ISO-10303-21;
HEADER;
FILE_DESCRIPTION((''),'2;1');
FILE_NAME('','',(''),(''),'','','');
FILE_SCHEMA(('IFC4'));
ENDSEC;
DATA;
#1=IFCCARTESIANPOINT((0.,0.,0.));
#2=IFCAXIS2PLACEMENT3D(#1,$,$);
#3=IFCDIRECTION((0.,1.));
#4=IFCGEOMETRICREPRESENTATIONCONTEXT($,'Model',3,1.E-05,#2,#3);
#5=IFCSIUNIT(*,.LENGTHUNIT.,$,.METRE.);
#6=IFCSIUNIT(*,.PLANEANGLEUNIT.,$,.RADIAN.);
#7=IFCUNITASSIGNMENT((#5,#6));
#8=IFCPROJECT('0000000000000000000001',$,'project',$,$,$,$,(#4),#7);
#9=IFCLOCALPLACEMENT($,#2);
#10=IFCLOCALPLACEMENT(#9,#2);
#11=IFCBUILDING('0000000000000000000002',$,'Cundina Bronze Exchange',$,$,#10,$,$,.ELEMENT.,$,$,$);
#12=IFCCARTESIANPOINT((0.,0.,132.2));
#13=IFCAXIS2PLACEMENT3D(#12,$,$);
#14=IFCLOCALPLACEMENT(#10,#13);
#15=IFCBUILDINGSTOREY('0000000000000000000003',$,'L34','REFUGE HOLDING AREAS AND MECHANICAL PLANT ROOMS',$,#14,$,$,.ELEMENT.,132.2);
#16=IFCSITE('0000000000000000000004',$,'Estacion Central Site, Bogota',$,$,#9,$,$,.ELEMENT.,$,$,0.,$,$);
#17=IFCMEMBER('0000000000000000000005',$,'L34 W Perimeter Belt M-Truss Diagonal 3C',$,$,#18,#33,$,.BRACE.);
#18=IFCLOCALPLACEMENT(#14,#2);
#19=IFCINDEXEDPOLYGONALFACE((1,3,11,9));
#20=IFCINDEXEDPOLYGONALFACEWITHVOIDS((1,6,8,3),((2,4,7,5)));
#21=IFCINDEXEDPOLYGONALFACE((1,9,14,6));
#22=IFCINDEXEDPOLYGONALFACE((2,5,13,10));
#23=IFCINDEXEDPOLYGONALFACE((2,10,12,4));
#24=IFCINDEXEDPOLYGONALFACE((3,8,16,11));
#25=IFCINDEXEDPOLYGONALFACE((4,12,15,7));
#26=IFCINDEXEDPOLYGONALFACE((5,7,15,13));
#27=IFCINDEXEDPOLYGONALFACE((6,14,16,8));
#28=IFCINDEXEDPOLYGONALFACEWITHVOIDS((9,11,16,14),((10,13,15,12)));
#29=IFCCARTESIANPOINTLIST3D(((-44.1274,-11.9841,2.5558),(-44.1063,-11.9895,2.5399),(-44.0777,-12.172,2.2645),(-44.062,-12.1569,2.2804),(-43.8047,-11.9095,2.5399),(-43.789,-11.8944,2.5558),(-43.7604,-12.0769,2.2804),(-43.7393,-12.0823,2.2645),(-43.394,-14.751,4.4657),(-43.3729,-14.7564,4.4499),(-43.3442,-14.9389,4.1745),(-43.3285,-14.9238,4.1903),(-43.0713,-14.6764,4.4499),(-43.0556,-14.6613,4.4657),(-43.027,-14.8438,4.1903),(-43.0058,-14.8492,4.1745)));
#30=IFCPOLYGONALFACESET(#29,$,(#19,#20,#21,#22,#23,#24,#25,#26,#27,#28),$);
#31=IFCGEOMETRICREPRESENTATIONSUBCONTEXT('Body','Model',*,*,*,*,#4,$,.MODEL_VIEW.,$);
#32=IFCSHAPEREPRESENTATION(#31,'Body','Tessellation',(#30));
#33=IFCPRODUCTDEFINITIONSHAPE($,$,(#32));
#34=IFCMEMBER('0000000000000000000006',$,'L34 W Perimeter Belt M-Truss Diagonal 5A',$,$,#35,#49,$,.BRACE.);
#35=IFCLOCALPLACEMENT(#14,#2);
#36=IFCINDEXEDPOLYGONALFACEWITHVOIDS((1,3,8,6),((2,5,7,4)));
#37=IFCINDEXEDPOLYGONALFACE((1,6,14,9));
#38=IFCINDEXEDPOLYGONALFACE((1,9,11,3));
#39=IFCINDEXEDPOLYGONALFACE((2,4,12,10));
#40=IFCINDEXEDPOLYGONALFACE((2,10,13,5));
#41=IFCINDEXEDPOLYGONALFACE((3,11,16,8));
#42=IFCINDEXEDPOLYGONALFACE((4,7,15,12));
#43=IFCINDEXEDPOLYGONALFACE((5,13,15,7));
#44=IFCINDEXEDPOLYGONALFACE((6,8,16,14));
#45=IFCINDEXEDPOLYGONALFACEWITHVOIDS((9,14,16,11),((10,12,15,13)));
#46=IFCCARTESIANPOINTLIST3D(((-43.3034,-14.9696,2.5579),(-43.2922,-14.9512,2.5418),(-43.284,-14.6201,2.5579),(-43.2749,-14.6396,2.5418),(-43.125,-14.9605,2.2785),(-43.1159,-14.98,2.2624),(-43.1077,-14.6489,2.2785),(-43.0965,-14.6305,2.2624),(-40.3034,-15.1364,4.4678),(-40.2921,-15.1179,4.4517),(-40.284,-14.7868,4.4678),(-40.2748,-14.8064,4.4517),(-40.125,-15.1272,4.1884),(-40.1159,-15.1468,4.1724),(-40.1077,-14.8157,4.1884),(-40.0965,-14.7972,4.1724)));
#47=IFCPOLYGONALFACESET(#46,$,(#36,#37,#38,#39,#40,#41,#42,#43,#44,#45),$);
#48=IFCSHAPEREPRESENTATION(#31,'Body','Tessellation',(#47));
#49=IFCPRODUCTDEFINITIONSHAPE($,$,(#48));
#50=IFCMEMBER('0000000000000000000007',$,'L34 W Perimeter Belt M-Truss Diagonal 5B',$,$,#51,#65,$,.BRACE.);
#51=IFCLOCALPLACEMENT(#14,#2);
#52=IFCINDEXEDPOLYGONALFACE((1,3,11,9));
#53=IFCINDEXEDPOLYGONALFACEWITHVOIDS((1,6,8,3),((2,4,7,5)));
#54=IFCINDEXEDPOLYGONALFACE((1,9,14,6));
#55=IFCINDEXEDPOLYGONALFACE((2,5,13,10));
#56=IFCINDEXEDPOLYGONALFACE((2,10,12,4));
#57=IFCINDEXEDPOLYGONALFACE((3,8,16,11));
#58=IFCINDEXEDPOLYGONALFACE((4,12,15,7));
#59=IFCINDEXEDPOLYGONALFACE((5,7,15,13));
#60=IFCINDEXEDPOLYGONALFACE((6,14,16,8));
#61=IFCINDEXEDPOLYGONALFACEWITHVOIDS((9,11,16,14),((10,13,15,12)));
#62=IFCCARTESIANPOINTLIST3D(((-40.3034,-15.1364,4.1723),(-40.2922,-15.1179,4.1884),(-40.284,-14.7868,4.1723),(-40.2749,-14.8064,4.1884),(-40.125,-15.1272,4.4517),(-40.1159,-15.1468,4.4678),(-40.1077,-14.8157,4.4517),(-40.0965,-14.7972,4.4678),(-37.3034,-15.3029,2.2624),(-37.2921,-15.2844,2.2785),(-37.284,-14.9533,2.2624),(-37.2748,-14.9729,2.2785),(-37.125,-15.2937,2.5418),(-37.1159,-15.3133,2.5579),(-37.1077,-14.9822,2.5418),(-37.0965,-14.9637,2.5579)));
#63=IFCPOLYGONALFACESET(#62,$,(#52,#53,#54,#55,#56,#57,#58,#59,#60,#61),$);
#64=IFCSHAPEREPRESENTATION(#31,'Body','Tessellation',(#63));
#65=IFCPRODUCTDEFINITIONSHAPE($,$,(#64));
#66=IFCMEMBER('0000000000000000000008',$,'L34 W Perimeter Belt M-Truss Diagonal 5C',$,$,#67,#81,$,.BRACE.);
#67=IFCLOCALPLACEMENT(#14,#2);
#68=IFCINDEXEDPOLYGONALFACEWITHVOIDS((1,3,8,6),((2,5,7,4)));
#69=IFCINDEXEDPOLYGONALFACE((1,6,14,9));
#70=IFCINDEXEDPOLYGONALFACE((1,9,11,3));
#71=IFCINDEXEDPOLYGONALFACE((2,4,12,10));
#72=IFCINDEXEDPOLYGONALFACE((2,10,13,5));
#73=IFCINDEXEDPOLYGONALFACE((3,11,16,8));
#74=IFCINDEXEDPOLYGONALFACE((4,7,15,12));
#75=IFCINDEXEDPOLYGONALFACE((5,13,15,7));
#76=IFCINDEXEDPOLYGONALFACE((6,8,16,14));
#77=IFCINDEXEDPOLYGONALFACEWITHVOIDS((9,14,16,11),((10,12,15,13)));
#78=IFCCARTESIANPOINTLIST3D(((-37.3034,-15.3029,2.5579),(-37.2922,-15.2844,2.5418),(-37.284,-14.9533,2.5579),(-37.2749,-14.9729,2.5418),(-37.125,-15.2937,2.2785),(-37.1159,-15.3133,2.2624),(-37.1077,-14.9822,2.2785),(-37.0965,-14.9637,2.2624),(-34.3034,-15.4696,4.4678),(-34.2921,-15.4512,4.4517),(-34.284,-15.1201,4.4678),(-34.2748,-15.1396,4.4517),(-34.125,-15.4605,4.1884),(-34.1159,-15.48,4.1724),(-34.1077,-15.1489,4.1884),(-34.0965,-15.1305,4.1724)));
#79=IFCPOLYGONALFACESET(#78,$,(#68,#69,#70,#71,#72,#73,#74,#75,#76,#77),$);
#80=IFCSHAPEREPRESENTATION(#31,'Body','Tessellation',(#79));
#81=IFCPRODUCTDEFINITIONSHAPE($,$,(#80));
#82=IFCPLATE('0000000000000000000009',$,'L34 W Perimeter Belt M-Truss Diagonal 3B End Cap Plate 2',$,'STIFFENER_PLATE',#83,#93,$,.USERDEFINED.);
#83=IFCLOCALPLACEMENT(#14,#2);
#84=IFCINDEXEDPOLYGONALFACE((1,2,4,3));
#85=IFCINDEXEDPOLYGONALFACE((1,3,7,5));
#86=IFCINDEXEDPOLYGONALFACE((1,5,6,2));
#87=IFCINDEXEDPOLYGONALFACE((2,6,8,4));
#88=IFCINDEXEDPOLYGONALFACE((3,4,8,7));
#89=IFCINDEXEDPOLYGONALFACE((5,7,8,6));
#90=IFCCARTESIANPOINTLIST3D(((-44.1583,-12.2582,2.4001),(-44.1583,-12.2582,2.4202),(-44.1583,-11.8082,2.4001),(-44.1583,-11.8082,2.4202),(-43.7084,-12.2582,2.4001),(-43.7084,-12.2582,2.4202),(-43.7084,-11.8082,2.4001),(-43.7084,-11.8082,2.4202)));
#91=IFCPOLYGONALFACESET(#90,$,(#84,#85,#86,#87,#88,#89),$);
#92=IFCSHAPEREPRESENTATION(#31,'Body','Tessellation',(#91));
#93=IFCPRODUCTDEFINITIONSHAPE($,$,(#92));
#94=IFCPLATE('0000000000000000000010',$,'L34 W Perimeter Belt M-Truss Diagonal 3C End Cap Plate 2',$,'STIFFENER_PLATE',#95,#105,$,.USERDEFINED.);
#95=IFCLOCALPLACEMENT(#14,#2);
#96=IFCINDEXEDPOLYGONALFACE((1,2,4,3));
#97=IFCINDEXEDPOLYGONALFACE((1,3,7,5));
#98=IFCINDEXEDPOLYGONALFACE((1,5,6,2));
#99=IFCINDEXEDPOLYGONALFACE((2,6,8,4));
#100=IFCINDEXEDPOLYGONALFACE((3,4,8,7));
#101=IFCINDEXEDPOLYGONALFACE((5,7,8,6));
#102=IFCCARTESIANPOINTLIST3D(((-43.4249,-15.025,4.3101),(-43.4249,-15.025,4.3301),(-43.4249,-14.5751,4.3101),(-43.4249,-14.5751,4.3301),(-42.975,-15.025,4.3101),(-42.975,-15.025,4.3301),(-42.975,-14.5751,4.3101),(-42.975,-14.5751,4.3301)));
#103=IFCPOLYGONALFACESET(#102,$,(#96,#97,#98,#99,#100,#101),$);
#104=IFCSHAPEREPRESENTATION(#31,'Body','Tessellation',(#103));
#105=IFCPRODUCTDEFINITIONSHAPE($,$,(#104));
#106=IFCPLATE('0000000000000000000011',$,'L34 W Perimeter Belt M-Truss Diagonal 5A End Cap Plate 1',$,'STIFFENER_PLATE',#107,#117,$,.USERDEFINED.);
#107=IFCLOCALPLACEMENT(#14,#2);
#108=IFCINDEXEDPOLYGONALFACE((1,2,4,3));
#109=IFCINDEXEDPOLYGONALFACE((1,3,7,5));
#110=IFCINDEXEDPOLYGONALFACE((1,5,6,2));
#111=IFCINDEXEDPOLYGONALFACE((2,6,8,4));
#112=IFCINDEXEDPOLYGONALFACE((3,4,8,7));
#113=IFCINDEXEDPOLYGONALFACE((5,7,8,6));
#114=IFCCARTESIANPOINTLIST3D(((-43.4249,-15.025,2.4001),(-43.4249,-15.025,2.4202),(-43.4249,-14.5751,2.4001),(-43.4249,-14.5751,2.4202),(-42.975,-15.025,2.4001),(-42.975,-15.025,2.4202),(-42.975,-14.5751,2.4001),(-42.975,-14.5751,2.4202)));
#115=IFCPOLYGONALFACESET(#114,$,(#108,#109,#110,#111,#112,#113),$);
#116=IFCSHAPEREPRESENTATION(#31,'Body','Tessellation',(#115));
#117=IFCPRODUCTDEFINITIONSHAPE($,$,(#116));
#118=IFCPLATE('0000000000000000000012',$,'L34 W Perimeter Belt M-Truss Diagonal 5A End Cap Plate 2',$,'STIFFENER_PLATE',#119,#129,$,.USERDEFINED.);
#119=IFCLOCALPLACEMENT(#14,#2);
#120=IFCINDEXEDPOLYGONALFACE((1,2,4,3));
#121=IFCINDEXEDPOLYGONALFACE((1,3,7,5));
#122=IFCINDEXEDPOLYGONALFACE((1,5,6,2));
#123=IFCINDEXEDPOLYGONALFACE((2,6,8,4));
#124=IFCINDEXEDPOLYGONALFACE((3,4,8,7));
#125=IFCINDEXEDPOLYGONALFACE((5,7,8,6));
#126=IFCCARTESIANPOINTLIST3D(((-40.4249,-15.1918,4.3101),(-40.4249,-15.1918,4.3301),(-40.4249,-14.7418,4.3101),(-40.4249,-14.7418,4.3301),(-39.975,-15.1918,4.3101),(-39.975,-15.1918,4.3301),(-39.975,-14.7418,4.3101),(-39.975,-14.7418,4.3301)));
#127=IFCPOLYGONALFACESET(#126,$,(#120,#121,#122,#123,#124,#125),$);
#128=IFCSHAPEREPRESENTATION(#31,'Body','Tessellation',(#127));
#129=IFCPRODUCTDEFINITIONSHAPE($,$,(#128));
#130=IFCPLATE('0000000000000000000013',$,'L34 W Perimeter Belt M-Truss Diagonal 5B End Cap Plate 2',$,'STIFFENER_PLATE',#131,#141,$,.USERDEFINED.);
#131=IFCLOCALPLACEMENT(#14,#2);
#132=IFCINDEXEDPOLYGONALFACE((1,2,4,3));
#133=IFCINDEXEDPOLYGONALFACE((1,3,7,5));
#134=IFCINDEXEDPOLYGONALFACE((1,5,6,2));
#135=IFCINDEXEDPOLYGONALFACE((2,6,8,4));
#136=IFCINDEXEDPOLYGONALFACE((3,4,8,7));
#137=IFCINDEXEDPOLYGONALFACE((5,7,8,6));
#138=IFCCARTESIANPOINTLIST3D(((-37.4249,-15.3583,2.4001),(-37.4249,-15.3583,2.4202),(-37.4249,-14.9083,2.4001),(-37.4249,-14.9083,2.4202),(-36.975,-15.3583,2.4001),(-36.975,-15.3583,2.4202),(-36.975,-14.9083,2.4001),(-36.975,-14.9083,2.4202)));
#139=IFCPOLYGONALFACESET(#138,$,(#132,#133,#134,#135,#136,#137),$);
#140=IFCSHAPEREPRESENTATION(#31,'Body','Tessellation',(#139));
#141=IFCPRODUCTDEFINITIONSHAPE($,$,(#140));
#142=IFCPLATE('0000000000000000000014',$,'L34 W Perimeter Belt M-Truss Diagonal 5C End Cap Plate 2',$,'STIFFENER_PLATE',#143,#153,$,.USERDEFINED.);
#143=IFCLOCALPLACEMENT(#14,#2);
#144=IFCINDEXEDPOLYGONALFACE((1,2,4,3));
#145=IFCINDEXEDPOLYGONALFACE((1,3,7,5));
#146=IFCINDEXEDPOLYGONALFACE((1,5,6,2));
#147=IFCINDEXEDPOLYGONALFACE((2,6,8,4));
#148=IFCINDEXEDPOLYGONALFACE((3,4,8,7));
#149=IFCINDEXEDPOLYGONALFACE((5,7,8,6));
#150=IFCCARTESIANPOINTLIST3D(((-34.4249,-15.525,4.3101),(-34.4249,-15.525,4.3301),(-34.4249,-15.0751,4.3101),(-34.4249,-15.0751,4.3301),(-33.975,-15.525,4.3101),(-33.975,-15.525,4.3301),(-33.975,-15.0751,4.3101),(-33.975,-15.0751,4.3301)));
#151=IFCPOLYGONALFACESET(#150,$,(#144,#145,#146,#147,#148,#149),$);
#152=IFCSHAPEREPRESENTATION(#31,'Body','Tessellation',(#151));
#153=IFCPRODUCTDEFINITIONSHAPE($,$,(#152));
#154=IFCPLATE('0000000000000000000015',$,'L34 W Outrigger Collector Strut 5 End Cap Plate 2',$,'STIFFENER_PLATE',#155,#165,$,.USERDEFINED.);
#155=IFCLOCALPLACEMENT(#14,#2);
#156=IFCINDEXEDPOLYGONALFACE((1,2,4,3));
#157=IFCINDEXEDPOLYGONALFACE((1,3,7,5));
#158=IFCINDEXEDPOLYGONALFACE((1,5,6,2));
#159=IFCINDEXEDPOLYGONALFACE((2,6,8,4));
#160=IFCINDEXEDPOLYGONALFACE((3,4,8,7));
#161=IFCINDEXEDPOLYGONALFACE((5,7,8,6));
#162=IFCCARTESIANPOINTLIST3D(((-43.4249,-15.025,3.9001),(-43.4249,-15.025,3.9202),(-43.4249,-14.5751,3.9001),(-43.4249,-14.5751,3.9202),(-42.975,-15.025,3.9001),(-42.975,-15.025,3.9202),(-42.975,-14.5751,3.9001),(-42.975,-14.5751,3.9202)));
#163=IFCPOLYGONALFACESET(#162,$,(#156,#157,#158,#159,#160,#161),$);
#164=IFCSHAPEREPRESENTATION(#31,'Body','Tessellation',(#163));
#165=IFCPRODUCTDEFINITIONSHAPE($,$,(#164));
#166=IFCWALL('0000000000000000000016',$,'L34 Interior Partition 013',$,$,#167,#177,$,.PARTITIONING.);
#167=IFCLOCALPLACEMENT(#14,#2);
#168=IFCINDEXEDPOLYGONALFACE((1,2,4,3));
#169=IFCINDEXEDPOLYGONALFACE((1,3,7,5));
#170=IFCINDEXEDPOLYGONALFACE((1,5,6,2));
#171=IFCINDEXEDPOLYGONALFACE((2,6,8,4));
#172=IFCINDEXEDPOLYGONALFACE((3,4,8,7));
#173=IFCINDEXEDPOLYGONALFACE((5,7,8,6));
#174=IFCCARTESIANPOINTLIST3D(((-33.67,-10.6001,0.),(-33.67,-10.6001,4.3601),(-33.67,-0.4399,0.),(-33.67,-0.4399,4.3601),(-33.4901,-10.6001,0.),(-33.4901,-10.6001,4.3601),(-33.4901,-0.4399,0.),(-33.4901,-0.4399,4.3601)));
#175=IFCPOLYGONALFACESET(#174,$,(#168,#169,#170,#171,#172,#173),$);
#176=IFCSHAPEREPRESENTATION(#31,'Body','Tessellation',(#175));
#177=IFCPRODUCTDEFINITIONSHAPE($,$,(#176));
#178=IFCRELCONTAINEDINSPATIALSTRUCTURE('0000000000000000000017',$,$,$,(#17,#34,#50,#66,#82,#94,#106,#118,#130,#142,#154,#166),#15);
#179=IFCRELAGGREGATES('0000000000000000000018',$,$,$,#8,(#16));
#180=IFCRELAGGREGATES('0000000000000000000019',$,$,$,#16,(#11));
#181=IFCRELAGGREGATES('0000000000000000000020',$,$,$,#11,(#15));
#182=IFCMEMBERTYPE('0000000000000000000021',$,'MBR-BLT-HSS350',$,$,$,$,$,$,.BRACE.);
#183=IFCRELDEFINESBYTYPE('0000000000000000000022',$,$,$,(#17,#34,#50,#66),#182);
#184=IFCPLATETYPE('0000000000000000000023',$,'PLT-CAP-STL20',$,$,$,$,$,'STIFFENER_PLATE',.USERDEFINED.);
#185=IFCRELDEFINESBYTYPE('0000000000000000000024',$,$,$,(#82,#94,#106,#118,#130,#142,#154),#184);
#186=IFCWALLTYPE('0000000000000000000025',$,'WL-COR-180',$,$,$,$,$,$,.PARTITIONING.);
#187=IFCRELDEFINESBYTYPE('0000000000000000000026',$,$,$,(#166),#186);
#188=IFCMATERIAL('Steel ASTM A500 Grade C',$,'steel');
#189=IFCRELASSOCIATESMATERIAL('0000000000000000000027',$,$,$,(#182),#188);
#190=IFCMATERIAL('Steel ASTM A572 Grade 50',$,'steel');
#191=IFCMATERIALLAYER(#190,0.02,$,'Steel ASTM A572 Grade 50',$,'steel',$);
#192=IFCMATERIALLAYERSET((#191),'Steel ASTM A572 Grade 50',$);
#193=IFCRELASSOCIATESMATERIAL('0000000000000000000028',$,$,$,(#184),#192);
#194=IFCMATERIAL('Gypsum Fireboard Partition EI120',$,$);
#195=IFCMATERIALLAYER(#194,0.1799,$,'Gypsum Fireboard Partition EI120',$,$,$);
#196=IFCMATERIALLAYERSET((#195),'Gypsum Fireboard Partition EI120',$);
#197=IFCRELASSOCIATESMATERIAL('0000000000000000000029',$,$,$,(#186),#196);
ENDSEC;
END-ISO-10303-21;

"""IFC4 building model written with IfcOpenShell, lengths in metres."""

from ifc_helpers import new_model, si_unit, direction, frame, frame_2d, origin, origin_2d, place, context, subcontext, project, spatial, rectangle, hollow_rectangle, extrude, material, layer, layer_set, material_profile, profile_set, type_object, element, save


model = new_model("IFC4")

# Units and contexts
model_context = context("Model", 3, precision=1e-05, world=origin(), true_north=direction((0.0, 1.0)))
body_context = subcontext(model_context, "Body", "Model", "MODEL_VIEW")
ifc_project = project(units=[si_unit("LENGTHUNIT", "METRE"), si_unit("PLANEANGLEUNIT", "RADIAN")], contexts=[model_context])

# Site, building, storey
site_placement = place(None, origin())
site = spatial("IfcSite", under=ifc_project, at=site_placement, Name="Estacion Central Site, Bogota", CompositionType="ELEMENT", RefElevation=0.0)
building_placement = place(site_placement, origin())
building = spatial("IfcBuilding", under=site, at=building_placement, Name="Cundina Bronze Exchange", CompositionType="ELEMENT")
storey_placement = place(building_placement, frame((0.0, 0.0, 132.2)))
storey = spatial("IfcBuildingStorey", under=building, at=storey_placement, Name="L34", Description="REFUGE HOLDING AREAS AND MECHANICAL PLANT ROOMS", CompositionType="ELEMENT", Elevation=132.2)

# Members
ifc_material_1 = material(Name="Steel ASTM A500 Grade C", Category="steel")
ifc_material_profile_1 = material_profile(ifc_material_1, hollow_rectangle(XDim=0.3501, YDim=0.3501, WallThickness=0.019, at=origin_2d()), Name="HSS350X350X19", Category="steel")
ifc_profile_set_1 = profile_set([ifc_material_profile_1], Name="Steel ASTM A500 Grade C")
member_type = type_object("IfcMemberType", Name="MBR-BLT-HSS350", PredefinedType="BRACE", material=ifc_profile_set_1)
member_placement = place(storey_placement, frame((-43.9333, -12.0332, 2.4102), z_axis=(0.21313, -0.804062, 0.555032), x_axis=(0.966619, 0.256218, 0.0)))
element("IfcMember", 1, at=member_placement, inside=storey, type_object=member_type, Name="L34 W Perimeter Belt M-Truss Diagonal 3C", PredefinedType="BRACE", context=body_context, shape_type="SweptSolid", body=[
    extrude(hollow_rectangle(XDim=0.3501, YDim=0.3501, WallThickness=0.019, at=origin_2d()), origin(), (0.0, 0.0, 1.0), 3.4412),
])
for number, where, z_axis, x_axis, name in (
    (2, (-43.2, -14.8, 2.4102), (0.842631, -0.046836, 0.53645), (0.055497, 0.998459, 0.0), "L34 W Perimeter Belt M-Truss Diagonal 5A"),
    (3, (-40.2, -14.9668, 4.3201), (0.842634, -0.046767, -0.536452), (0.055416, 0.998463, 0.0), "L34 W Perimeter Belt M-Truss Diagonal 5B"),
    (4, (-37.2, -15.1333, 2.4102), (0.842631, -0.046836, 0.53645), (0.055497, 0.998459, 0.0), "L34 W Perimeter Belt M-Truss Diagonal 5C"),
):
    element("IfcMember", number, at=place(storey_placement, frame(where, z_axis=z_axis, x_axis=x_axis)), inside=storey, type_object=member_type, Name=name, PredefinedType="BRACE", context=body_context, shape_type="SweptSolid", body=[
        extrude(hollow_rectangle(XDim=0.3501, YDim=0.3501, WallThickness=0.019, at=origin_2d()), origin(), (0.0, 0.0, 1.0), 3.5603),
    ])

# Plates
ifc_material_2 = material(Name="Steel ASTM A572 Grade 50", Category="steel")
ifc_layer_1 = layer(ifc_material_2, 0.02, Name="Steel ASTM A572 Grade 50", Category="steel")
ifc_layer_set_1 = layer_set([ifc_layer_1], Name="Steel ASTM A572 Grade 50")
plate_type = type_object("IfcPlateType", Name="PLT-CAP-STL20", ElementType="STIFFENER_PLATE", PredefinedType="USERDEFINED", material=ifc_layer_set_1)
for number, where, z_axis, x_axis, name in (
    (5, (-43.9333, -12.0332, 2.4001), (0.0, 0.0, 1.0), (1.0, 0.0, 0.0), "L34 W Perimeter Belt M-Truss Diagonal 3B End Cap Plate 2"),
    (6, (-43.2, -14.8, 4.3101), (0.0, 0.0, 1.0), (1.0, 0.0, 0.0), "L34 W Perimeter Belt M-Truss Diagonal 3C End Cap Plate 2"),
    (7, (-43.2, -14.8, 2.4001), (0.0, 0.0, 1.0), (1.0, 0.0, 0.0), "L34 W Perimeter Belt M-Truss Diagonal 5A End Cap Plate 1"),
    (8, (-40.2, -14.9668, 4.3101), (0.0, 0.0, 1.0), (1.0, 0.0, 0.0), "L34 W Perimeter Belt M-Truss Diagonal 5A End Cap Plate 2"),
    (9, (-37.2, -15.1333, 2.4001), (0.0, 0.0, 1.0), (1.0, 0.0, 0.0), "L34 W Perimeter Belt M-Truss Diagonal 5B End Cap Plate 2"),
    (10, (-34.2, -15.3, 4.3101), (0.0, 0.0, 1.0), (1.0, 0.0, 0.0), "L34 W Perimeter Belt M-Truss Diagonal 5C End Cap Plate 2"),
    (11, (-43.2, -14.8, 3.9001), (0.0, 0.0, 1.0), (1.0, 0.0, 0.0), "L34 W Outrigger Collector Strut 5 End Cap Plate 2"),
):
    element("IfcPlate", number, at=place(storey_placement, frame(where, z_axis=z_axis, x_axis=x_axis)), inside=storey, type_object=plate_type, Name=name, ObjectType="STIFFENER_PLATE", PredefinedType="USERDEFINED", context=body_context, shape_type="SweptSolid", body=[
        extrude(rectangle(XDim=0.45, YDim=0.45, at=origin_2d()), origin(), (0.0, 0.0, 1.0), 0.02),
    ])

# Wall
ifc_material_3 = material(Name="Gypsum Fireboard Partition EI120")
ifc_layer_2 = layer(ifc_material_3, 0.1799, Name="Gypsum Fireboard Partition EI120")
ifc_layer_set_2 = layer_set([ifc_layer_2], Name="Gypsum Fireboard Partition EI120")
wall_type_1 = type_object("IfcWallType", Name="WL-COR-180", PredefinedType="PARTITIONING", material=ifc_layer_set_2)
wall_1_placement = place(storey_placement, frame((-33.5801, -10.6001, 0.0), z_axis=(0.0, 0.0, 1.0), x_axis=(0.0, 1.0, 0.0)))
element("IfcWall", 12, at=wall_1_placement, inside=storey, type_object=wall_type_1, Name="L34 Interior Partition 013", PredefinedType="PARTITIONING", context=body_context, shape_type="SweptSolid", body=[
    extrude(rectangle(XDim=10.1602, YDim=0.1799, at=frame_2d((5.0801, 0.0))), origin(), (0.0, 0.0, 1.0), 4.3601),
])

save(model, "model.ifc")
